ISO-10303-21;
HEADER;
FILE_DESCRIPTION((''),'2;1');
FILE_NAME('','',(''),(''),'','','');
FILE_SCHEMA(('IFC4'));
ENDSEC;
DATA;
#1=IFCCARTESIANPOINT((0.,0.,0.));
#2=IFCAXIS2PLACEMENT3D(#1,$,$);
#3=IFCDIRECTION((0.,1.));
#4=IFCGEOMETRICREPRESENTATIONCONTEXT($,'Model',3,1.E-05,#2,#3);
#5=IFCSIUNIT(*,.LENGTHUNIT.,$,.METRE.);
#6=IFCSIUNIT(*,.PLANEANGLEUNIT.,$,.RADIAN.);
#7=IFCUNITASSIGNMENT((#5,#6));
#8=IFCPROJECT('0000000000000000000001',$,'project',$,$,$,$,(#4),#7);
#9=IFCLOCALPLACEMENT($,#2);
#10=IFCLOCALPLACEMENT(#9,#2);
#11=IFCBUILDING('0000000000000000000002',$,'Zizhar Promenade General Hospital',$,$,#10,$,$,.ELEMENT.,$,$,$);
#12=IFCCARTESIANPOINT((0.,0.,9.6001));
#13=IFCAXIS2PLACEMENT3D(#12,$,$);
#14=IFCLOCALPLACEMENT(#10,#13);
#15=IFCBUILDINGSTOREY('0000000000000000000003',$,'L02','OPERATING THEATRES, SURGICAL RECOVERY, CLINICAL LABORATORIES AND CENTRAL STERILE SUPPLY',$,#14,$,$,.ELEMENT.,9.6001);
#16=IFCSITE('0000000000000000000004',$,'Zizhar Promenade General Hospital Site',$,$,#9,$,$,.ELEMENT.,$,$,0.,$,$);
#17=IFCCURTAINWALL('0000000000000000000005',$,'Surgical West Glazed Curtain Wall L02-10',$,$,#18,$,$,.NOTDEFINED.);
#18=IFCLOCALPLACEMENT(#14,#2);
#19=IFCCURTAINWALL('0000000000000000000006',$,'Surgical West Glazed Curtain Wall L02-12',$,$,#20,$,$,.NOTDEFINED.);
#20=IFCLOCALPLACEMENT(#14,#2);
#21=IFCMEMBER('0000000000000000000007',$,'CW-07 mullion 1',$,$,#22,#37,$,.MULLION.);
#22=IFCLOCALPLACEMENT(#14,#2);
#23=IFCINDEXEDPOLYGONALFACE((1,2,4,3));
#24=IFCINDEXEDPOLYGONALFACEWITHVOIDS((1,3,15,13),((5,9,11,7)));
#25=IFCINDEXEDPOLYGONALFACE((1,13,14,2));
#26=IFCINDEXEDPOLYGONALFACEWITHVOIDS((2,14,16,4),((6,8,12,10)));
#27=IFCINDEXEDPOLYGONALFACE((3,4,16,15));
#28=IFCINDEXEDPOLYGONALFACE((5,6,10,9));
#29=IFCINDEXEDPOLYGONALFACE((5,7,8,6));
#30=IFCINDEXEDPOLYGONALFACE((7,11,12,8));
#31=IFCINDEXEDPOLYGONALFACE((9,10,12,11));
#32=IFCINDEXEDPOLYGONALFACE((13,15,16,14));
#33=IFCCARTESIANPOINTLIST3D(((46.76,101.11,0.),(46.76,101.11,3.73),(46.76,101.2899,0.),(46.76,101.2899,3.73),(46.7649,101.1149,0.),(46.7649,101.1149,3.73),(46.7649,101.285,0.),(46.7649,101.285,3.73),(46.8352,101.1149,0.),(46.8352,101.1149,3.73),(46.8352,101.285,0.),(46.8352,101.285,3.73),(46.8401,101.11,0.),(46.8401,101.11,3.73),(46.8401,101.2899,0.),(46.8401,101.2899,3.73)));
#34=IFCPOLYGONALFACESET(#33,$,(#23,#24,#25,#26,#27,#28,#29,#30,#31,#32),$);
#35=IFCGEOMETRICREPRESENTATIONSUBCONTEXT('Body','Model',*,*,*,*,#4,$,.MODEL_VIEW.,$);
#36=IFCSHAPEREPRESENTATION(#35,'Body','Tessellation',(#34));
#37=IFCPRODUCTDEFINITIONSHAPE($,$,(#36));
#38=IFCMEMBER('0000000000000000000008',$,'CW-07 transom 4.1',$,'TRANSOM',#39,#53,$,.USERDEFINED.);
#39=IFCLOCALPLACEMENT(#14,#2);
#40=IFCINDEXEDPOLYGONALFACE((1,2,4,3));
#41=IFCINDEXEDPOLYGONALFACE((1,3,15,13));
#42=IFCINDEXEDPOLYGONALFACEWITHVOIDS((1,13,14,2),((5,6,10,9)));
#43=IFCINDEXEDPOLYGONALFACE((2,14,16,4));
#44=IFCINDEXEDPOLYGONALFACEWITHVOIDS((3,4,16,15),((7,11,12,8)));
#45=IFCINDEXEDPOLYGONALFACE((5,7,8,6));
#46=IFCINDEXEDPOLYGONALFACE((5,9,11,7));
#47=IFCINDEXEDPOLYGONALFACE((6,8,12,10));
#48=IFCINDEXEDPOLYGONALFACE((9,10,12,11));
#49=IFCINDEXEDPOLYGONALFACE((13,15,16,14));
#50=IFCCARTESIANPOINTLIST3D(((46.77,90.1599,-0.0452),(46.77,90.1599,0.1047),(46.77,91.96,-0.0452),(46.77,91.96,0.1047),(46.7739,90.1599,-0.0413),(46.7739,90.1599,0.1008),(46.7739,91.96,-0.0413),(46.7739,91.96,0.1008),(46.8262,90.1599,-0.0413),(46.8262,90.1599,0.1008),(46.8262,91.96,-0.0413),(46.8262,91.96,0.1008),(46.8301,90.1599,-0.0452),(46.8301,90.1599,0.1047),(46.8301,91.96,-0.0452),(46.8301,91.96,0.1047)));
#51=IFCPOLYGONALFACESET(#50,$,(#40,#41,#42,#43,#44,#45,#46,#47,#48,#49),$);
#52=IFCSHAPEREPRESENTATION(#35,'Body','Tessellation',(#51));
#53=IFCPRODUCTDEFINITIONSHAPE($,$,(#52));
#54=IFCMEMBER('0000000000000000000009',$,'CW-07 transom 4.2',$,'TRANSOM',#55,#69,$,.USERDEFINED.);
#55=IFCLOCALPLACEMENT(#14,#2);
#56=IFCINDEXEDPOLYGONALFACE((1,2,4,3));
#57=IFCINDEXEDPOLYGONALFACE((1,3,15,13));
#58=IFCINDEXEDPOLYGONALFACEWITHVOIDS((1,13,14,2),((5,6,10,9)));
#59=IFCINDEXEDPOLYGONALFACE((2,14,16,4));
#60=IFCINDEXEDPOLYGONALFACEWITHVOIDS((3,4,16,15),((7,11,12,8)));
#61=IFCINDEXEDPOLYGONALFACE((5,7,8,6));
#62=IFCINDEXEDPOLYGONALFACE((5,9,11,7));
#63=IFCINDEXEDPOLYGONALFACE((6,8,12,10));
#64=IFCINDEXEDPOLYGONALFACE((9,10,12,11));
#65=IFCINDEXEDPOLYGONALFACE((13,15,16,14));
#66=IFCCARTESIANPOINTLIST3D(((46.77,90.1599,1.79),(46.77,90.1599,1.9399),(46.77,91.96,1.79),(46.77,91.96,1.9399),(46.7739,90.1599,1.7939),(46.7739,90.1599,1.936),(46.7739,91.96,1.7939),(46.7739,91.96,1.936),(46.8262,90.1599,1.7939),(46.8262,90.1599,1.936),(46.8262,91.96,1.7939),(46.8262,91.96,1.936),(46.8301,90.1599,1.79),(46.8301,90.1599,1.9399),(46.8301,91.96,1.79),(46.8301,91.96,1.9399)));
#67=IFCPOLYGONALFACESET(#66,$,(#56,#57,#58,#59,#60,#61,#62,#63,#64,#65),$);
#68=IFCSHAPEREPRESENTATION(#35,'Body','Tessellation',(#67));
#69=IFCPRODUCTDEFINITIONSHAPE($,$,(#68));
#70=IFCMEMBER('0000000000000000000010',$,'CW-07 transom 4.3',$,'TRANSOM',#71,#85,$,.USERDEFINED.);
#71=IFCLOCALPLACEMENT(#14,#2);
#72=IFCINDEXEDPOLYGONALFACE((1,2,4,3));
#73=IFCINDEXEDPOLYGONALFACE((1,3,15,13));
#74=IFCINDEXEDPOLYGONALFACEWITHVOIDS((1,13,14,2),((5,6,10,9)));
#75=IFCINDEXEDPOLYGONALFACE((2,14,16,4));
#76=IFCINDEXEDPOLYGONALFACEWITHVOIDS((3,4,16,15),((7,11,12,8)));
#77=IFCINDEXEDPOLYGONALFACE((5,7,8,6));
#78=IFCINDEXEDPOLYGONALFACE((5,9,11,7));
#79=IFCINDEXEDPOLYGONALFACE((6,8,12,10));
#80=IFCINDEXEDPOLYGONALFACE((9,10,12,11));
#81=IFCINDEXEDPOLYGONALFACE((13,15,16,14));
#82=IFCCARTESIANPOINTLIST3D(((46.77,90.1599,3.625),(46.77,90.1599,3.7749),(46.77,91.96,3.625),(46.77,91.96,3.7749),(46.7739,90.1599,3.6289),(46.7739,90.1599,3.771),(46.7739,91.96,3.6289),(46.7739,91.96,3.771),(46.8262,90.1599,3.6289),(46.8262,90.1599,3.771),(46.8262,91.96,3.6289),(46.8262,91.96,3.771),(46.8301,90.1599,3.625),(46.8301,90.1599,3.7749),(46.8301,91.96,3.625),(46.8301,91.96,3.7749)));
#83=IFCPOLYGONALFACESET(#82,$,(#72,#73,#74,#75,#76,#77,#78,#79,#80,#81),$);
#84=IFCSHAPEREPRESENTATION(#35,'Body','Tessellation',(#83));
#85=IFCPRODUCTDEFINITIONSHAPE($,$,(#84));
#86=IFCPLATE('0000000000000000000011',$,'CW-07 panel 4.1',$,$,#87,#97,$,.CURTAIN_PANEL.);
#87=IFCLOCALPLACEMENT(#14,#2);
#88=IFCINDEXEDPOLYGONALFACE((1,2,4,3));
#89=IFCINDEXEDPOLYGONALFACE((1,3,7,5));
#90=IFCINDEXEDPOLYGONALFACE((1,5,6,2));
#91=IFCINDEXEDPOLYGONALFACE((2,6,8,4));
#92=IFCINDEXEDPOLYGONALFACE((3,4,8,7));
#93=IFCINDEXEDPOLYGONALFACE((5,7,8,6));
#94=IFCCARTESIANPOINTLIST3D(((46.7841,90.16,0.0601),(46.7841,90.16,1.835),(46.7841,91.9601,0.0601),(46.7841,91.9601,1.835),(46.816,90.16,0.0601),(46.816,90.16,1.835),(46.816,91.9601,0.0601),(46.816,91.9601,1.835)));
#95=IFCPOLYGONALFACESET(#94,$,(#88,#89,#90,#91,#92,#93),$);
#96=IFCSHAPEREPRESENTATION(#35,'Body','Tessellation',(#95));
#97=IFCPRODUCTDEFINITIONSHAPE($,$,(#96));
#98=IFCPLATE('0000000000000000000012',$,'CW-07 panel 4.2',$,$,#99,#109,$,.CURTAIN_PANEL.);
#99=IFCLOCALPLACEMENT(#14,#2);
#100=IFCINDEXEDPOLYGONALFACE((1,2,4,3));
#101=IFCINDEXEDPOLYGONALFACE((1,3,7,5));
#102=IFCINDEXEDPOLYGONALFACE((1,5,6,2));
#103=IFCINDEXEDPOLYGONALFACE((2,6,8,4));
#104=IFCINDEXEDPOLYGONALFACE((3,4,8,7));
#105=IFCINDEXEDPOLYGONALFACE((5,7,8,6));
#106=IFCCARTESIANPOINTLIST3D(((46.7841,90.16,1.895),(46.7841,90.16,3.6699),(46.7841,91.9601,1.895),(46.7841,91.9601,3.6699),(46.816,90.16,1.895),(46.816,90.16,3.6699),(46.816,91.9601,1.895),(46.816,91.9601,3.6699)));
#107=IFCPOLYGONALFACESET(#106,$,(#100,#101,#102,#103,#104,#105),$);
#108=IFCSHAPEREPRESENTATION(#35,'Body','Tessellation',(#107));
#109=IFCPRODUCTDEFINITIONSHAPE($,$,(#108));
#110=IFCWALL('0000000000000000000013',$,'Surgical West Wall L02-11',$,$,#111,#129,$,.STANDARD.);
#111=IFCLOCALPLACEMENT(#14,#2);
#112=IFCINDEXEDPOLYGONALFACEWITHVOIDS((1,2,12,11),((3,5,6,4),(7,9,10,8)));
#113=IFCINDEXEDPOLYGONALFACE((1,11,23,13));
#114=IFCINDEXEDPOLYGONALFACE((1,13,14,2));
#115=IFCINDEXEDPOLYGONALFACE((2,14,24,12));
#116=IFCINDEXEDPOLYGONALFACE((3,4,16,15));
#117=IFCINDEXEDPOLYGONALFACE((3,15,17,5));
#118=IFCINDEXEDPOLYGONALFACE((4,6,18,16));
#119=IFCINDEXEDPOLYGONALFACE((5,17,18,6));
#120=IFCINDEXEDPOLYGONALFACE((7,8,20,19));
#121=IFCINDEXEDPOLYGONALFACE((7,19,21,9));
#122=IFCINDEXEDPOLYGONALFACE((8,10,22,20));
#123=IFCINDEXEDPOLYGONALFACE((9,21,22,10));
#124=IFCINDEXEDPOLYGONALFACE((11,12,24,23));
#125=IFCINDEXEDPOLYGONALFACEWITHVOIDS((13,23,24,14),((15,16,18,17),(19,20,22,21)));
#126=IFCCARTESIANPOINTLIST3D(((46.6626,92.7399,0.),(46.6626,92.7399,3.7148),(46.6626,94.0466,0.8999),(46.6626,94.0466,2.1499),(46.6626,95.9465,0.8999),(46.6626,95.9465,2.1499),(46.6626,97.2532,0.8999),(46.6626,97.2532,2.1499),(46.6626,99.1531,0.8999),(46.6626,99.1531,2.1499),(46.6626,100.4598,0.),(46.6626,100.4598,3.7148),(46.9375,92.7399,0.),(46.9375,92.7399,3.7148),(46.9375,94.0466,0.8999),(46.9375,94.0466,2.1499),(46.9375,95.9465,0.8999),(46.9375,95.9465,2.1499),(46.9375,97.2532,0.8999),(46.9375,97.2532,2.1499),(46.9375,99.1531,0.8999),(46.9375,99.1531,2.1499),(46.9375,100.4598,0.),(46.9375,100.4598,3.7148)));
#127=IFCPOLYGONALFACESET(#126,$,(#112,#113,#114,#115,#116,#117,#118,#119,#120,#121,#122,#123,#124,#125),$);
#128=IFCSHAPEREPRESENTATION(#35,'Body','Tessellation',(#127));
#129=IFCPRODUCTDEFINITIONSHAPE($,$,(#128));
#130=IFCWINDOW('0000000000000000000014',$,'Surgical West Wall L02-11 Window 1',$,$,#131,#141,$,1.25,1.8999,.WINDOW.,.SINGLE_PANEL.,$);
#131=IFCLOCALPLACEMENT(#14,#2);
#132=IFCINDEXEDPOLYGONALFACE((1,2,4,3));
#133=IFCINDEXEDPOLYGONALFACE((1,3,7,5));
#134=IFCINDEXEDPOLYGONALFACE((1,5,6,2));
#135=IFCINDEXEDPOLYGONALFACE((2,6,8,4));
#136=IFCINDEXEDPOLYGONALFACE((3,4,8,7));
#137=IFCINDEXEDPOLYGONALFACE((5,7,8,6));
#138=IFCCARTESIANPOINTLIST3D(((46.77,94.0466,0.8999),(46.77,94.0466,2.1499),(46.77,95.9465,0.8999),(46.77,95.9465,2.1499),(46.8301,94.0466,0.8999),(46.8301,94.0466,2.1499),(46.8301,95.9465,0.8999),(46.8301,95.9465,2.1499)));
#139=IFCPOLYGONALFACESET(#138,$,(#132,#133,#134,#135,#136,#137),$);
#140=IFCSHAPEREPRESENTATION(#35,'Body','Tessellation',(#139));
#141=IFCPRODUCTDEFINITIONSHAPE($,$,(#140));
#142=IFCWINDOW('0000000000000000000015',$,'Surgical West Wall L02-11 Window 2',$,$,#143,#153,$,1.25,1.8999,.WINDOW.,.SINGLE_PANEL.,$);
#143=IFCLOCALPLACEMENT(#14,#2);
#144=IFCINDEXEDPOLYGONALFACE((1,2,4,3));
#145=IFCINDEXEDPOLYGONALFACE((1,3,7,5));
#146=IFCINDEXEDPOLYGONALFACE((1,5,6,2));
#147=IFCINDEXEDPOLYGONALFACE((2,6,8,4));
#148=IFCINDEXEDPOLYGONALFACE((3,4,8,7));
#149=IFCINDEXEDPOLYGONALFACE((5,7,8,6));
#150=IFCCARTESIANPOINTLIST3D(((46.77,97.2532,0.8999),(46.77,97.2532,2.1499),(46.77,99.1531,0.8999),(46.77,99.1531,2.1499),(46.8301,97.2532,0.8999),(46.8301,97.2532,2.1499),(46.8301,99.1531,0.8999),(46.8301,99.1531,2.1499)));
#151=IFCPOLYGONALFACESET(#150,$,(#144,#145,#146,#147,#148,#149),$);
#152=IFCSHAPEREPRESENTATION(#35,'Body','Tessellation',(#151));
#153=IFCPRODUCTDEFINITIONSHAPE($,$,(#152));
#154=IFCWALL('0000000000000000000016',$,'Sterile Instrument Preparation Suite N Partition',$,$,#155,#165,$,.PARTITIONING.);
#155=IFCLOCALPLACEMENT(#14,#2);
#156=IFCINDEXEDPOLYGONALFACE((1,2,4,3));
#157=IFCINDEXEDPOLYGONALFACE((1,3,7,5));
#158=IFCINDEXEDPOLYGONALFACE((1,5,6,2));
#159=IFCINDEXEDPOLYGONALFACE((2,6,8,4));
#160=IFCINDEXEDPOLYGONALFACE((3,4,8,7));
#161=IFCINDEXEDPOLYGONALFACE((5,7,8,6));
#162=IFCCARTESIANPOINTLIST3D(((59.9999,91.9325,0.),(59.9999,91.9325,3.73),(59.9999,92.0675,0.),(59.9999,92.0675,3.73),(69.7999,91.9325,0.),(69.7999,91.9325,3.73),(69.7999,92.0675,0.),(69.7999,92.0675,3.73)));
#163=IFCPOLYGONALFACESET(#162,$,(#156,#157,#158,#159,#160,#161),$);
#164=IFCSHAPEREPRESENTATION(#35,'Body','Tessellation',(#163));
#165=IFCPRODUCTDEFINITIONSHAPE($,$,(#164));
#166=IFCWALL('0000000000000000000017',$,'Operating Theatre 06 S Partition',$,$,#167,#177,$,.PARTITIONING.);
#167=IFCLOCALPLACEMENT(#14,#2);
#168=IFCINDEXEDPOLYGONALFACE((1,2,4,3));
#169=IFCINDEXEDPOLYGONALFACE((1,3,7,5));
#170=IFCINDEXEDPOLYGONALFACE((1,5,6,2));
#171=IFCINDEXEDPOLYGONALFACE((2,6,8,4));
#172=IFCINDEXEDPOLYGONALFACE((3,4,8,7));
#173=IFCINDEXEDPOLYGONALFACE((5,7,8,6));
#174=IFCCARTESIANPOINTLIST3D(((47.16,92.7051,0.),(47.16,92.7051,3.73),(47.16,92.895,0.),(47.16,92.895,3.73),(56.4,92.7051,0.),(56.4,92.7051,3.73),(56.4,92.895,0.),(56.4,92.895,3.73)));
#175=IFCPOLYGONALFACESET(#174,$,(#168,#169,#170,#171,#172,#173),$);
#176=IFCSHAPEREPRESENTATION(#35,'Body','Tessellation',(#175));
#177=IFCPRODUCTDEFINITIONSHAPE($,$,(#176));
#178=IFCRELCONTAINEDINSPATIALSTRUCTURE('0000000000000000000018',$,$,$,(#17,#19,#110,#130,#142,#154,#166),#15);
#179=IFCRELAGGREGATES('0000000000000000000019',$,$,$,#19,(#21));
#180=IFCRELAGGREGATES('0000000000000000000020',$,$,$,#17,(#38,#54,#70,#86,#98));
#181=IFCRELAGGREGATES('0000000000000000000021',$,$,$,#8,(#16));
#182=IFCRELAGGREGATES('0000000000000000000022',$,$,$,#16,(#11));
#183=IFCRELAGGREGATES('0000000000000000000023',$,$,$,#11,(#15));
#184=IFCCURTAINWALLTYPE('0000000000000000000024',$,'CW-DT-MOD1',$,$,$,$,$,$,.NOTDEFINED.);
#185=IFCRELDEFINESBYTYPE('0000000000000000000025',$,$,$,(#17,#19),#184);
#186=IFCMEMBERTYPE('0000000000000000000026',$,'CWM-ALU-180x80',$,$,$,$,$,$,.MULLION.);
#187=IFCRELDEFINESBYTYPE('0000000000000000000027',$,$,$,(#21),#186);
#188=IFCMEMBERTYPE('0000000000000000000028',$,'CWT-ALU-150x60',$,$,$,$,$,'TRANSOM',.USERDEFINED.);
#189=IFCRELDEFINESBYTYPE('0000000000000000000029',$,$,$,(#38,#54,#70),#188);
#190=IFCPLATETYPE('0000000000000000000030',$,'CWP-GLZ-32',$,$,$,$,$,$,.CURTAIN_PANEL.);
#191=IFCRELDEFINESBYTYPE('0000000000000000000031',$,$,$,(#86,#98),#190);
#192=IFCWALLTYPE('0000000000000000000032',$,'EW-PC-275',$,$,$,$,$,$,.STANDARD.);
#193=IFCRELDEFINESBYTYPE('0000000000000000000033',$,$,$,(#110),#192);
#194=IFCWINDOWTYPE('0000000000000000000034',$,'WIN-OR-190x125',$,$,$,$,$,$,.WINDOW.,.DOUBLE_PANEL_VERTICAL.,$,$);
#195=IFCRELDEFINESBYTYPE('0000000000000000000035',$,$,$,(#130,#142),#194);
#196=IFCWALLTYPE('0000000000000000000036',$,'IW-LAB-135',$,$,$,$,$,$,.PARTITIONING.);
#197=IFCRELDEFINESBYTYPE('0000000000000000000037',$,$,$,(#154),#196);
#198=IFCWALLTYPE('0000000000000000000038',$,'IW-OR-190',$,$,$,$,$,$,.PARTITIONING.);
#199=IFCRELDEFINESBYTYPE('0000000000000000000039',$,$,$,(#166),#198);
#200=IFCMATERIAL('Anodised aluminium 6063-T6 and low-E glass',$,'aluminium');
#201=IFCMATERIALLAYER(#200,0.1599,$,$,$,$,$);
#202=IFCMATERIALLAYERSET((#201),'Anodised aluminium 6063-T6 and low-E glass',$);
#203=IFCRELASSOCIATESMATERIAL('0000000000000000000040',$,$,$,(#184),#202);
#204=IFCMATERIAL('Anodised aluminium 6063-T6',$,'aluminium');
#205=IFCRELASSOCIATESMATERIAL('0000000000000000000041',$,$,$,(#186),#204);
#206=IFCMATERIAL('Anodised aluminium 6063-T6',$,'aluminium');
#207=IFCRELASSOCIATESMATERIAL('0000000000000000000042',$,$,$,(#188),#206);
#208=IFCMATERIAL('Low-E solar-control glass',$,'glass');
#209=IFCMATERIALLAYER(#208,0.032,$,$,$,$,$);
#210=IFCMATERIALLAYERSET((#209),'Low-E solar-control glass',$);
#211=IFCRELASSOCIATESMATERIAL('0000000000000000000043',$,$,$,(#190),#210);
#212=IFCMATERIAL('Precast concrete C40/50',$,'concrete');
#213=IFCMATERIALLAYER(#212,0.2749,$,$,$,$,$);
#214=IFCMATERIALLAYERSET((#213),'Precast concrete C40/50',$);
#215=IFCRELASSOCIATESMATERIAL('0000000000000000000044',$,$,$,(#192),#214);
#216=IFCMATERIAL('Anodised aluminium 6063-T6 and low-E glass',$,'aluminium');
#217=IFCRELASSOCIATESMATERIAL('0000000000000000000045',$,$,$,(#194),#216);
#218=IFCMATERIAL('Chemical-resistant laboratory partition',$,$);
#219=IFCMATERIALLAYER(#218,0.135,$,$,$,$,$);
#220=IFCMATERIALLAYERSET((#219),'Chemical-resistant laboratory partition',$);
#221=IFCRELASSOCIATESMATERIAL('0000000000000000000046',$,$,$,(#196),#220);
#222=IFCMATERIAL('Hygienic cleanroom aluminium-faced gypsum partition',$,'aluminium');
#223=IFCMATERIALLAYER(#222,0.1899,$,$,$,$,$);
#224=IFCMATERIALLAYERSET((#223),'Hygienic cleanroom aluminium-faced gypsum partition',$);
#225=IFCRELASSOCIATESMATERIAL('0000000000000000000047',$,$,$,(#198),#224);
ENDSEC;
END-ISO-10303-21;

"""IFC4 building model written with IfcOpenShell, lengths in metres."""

from ifc_helpers import new_model, si_unit, direction, frame, frame_2d, origin, origin_2d, place, context, subcontext, project, spatial, rectangle, hollow_rectangle, extrude, material, layer, layer_set, material_profile, profile_set, type_object, element, fill, aggregate, save


model = new_model("IFC4")

# Units and contexts
model_context = context("Model", 3, precision=1e-05, world=origin(), true_north=direction((0.0, 1.0)))
body_context = subcontext(model_context, "Body", "Model", "MODEL_VIEW")
ifc_project = project(units=[si_unit("LENGTHUNIT", "METRE"), si_unit("PLANEANGLEUNIT", "RADIAN")], contexts=[model_context])

# Site, building, storey
site_placement = place(None, origin())
site = spatial("IfcSite", under=ifc_project, at=site_placement, Name="Zizhar Promenade General Hospital Site", CompositionType="ELEMENT", RefElevation=0.0)
building_placement = place(site_placement, origin())
building = spatial("IfcBuilding", under=site, at=building_placement, Name="Zizhar Promenade General Hospital", CompositionType="ELEMENT")
storey_placement = place(building_placement, frame((0.0, 0.0, 9.6001)))
storey = spatial("IfcBuildingStorey", under=building, at=storey_placement, Name="L02", Description="OPERATING THEATRES, SURGICAL RECOVERY, CLINICAL LABORATORIES AND CENTRAL STERILE SUPPLY", CompositionType="ELEMENT", Elevation=9.6001)

# Curtain wall
ifc_material_1 = material(Name="Anodised aluminium 6063-T6 and low-E glass", Category="aluminium")
ifc_layer_1 = layer(ifc_material_1, 0.1599)
ifc_layer_set_1 = layer_set([ifc_layer_1], Name="Anodised aluminium 6063-T6 and low-E glass")
curtain_wall_type = type_object("IfcCurtainWallType", Name="CW-DT-MOD1", PredefinedType="NOTDEFINED", material=ifc_layer_set_1)
curtain_wall_1_placement = place(storey_placement, origin())
curtain_wall_1 = element("IfcCurtainWall", 1, at=curtain_wall_1_placement, inside=storey, type_object=curtain_wall_type, Name="Surgical West Glazed Curtain Wall L02-10", PredefinedType="NOTDEFINED")
ifc_material_2 = material(Name="Anodised aluminium 6063-T6", Category="aluminium")
ifc_material_profile_1 = material_profile(ifc_material_2, hollow_rectangle(XDim=0.0801, YDim=0.1799, WallThickness=0.0049, at=origin_2d()))
ifc_profile_set_1 = profile_set([ifc_material_profile_1], Name="Anodised aluminium 6063-T6")
member_type_1 = type_object("IfcMemberType", Name="CWM-ALU-180x80", PredefinedType="MULLION", material=ifc_profile_set_1)

# Curtain wall, member
curtain_wall_2_placement = place(storey_placement, origin())
curtain_wall_2 = element("IfcCurtainWall", 2, at=curtain_wall_2_placement, inside=storey, type_object=curtain_wall_type, Name="Surgical West Glazed Curtain Wall L02-12", PredefinedType="NOTDEFINED")
member_1_placement = place(storey_placement, frame((46.8, 101.2, 0.0), z_axis=(0.0, 0.0, 1.0), x_axis=(-1.0, 0.0, 0.0)))
member_1 = element("IfcMember", 3, at=member_1_placement, type_object=member_type_1, Name="CW-07 mullion 1", PredefinedType="MULLION", context=body_context, shape_type="SweptSolid", body=[
    extrude(hollow_rectangle(XDim=0.0801, YDim=0.1799, WallThickness=0.0049, at=origin_2d()), origin(), (0.0, 0.0, 1.0), 3.73),
])
aggregate(curtain_wall_2, [member_1])

# Members
ifc_material_3 = material(Name="Anodised aluminium 6063-T6", Category="aluminium")
ifc_material_profile_2 = material_profile(ifc_material_3, hollow_rectangle(XDim=0.0601, YDim=0.1499, WallThickness=0.0039, at=origin_2d()))
ifc_profile_set_2 = profile_set([ifc_material_profile_2], Name="Anodised aluminium 6063-T6")
member_type_2 = type_object("IfcMemberType", Name="CWT-ALU-150x60", ElementType="TRANSOM", PredefinedType="USERDEFINED", material=ifc_profile_set_2)
member_2_placement = place(storey_placement, frame((46.8, 90.1599, 0.0298), z_axis=(0.0, 1.0, 0.0), x_axis=(-1.0, 0.0, 0.0)))
member_2 = element("IfcMember", 4, at=member_2_placement, type_object=member_type_2, Name="CW-07 transom 4.1", ObjectType="TRANSOM", PredefinedType="USERDEFINED", context=body_context, shape_type="SweptSolid", body=[
    extrude(hollow_rectangle(XDim=0.0601, YDim=0.1499, WallThickness=0.0039, at=origin_2d()), origin(), (0.0, 0.0, 1.0), 1.8),
])
member_3_placement = place(storey_placement, frame((46.8, 90.1599, 1.865), z_axis=(0.0, 1.0, 0.0), x_axis=(-1.0, 0.0, 0.0)))
member_3 = element("IfcMember", 5, at=member_3_placement, type_object=member_type_2, Name="CW-07 transom 4.2", ObjectType="TRANSOM", PredefinedType="USERDEFINED", context=body_context, shape_type="SweptSolid", body=[
    extrude(hollow_rectangle(XDim=0.0601, YDim=0.1499, WallThickness=0.0039, at=origin_2d()), origin(), (0.0, 0.0, 1.0), 1.8),
])
member_4_placement = place(storey_placement, frame((46.8, 90.1599, 3.7), z_axis=(0.0, 1.0, 0.0), x_axis=(-1.0, 0.0, 0.0)))
member_4 = element("IfcMember", 6, at=member_4_placement, type_object=member_type_2, Name="CW-07 transom 4.3", ObjectType="TRANSOM", PredefinedType="USERDEFINED", context=body_context, shape_type="SweptSolid", body=[
    extrude(hollow_rectangle(XDim=0.0601, YDim=0.1499, WallThickness=0.0039, at=origin_2d()), origin(), (0.0, 0.0, 1.0), 1.8),
])

# Plates
ifc_material_4 = material(Name="Low-E solar-control glass", Category="glass")
ifc_layer_2 = layer(ifc_material_4, 0.032)
ifc_layer_set_2 = layer_set([ifc_layer_2], Name="Low-E solar-control glass")
plate_type = type_object("IfcPlateType", Name="CWP-GLZ-32", PredefinedType="CURTAIN_PANEL", material=ifc_layer_set_2)
plate_1_placement = place(storey_placement, frame((46.8, 91.0601, 0.0601), z_axis=(0.0, 0.0, 1.0), x_axis=(0.0, 1.0, 0.0)))
plate_1 = element("IfcPlate", 7, at=plate_1_placement, type_object=plate_type, Name="CW-07 panel 4.1", PredefinedType="CURTAIN_PANEL", context=body_context, shape_type="SweptSolid", body=[
    extrude(rectangle(XDim=1.8, YDim=0.032, at=origin_2d()), origin(), (0.0, 0.0, 1.0), 1.7749),
])
plate_2_placement = place(storey_placement, frame((46.8, 91.0601, 1.895), z_axis=(0.0, 0.0, 1.0), x_axis=(0.0, 1.0, 0.0)))
plate_2 = element("IfcPlate", 8, at=plate_2_placement, type_object=plate_type, Name="CW-07 panel 4.2", PredefinedType="CURTAIN_PANEL", context=body_context, shape_type="SweptSolid", body=[
    extrude(rectangle(XDim=1.8, YDim=0.032, at=origin_2d()), origin(), (0.0, 0.0, 1.0), 1.7749),
])
aggregate(curtain_wall_1, [member_2, member_3, member_4, plate_1, plate_2])

# Wall, openings, windows
ifc_material_5 = material(Name="Precast concrete C40/50", Category="concrete")
ifc_layer_3 = layer(ifc_material_5, 0.2749)
ifc_layer_set_3 = layer_set([ifc_layer_3], Name="Precast concrete C40/50")
wall_type_1 = type_object("IfcWallType", Name="EW-PC-275", PredefinedType="STANDARD", material=ifc_layer_set_3)
wall_1_placement = place(storey_placement, frame((46.8, 92.74, 0.0), z_axis=(0.0, 0.0, 1.0), x_axis=(0.0, 1.0, 0.0)))
wall_1 = element("IfcWall", 9, at=wall_1_placement, inside=storey, type_object=wall_type_1, Name="Surgical West Wall L02-11", PredefinedType="STANDARD", context=body_context, shape_type="SweptSolid", body=[
    extrude(rectangle(XDim=7.72, YDim=0.2749, at=frame_2d((3.8599, 0.0))), origin(), (0.0, 0.0, 1.0), 3.7148),
])
opening_1_placement = place(wall_1_placement, frame((1.3066, 0.0, 0.8999)))
opening_1 = element("IfcOpeningElement", 10, at=opening_1_placement, cuts=wall_1, PredefinedType="OPENING", context=body_context, shape_type="SweptSolid", body=[
    extrude(rectangle(XDim=1.8999, YDim=1.25, at=frame_2d((0.95, 0.625))), frame((0.0, 0.1475, 0.0), z_axis=(0.0, -1.0, 0.0), x_axis=(1.0, 0.0, 0.0)), (0.0, 0.0, 1.0), 0.2949),
])
opening_2_placement = place(wall_1_placement, frame((4.5132, 0.0, 0.8999)))
opening_2 = element("IfcOpeningElement", 11, at=opening_2_placement, cuts=wall_1, PredefinedType="OPENING", context=body_context, shape_type="SweptSolid", body=[
    extrude(rectangle(XDim=1.8999, YDim=1.25, at=frame_2d((0.95, 0.625))), frame((0.0, 0.1475, 0.0), z_axis=(0.0, -1.0, 0.0), x_axis=(1.0, 0.0, 0.0)), (0.0, 0.0, 1.0), 0.2949),
])
ifc_material_6 = material(Name="Anodised aluminium 6063-T6 and low-E glass", Category="aluminium")
window_type = type_object("IfcWindowType", Name="WIN-OR-190x125", PartitioningType="DOUBLE_PANEL_VERTICAL", PredefinedType="WINDOW", material=ifc_material_6)
window_1_placement = place(opening_1_placement, origin())
window_1 = element("IfcWindow", 12, at=window_1_placement, inside=storey, type_object=window_type, Name="Surgical West Wall L02-11 Window 1", OverallHeight=1.25, OverallWidth=1.8999, PartitioningType="SINGLE_PANEL", PredefinedType="WINDOW", context=body_context, shape_type="SweptSolid", body=[
    extrude(rectangle(XDim=1.8999, YDim=1.25, at=frame_2d((0.95, 0.625))), frame((0.0, 0.03, 0.0), z_axis=(0.0, -1.0, 0.0), x_axis=(1.0, 0.0, 0.0)), (0.0, 0.0, 1.0), 0.0601),
])
fill(opening_1, window_1)
window_2_placement = place(opening_2_placement, origin())
window_2 = element("IfcWindow", 13, at=window_2_placement, inside=storey, type_object=window_type, Name="Surgical West Wall L02-11 Window 2", OverallHeight=1.25, OverallWidth=1.8999, PartitioningType="SINGLE_PANEL", PredefinedType="WINDOW", context=body_context, shape_type="SweptSolid", body=[
    extrude(rectangle(XDim=1.8999, YDim=1.25, at=frame_2d((0.95, 0.625))), frame((0.0, 0.03, 0.0), z_axis=(0.0, -1.0, 0.0), x_axis=(1.0, 0.0, 0.0)), (0.0, 0.0, 1.0), 0.0601),
])
fill(opening_2, window_2)

# Walls
ifc_material_7 = material(Name="Chemical-resistant laboratory partition")
ifc_layer_4 = layer(ifc_material_7, 0.135)
ifc_layer_set_4 = layer_set([ifc_layer_4], Name="Chemical-resistant laboratory partition")
wall_type_2 = type_object("IfcWallType", Name="IW-LAB-135", PredefinedType="PARTITIONING", material=ifc_layer_set_4)
wall_2_placement = place(storey_placement, frame((60.0, 92.0, 0.0), z_axis=(0.0, 0.0, 1.0), x_axis=(1.0, 0.0, 0.0)))
element("IfcWall", 14, at=wall_2_placement, inside=storey, type_object=wall_type_2, Name="Sterile Instrument Preparation Suite N Partition", PredefinedType="PARTITIONING", context=body_context, shape_type="SweptSolid", body=[
    extrude(rectangle(XDim=9.8, YDim=0.135, at=frame_2d((4.8999, 0.0))), origin(), (0.0, 0.0, 1.0), 3.73),
])
ifc_material_8 = material(Name="Hygienic cleanroom aluminium-faced gypsum partition", Category="aluminium")
ifc_layer_5 = layer(ifc_material_8, 0.1899)
ifc_layer_set_5 = layer_set([ifc_layer_5], Name="Hygienic cleanroom aluminium-faced gypsum partition")
wall_type_3 = type_object("IfcWallType", Name="IW-OR-190", PredefinedType="PARTITIONING", material=ifc_layer_set_5)
wall_3_placement = place(storey_placement, frame((47.1599, 92.8, 0.0), z_axis=(0.0, 0.0, 1.0), x_axis=(1.0, 0.0, 0.0)))
element("IfcWall", 15, at=wall_3_placement, inside=storey, type_object=wall_type_3, Name="Operating Theatre 06 S Partition", PredefinedType="PARTITIONING", context=body_context, shape_type="SweptSolid", body=[
    extrude(rectangle(XDim=9.24, YDim=0.1899, at=frame_2d((4.6201, 0.0))), origin(), (0.0, 0.0, 1.0), 3.73),
])

save(model, "model.ifc")
